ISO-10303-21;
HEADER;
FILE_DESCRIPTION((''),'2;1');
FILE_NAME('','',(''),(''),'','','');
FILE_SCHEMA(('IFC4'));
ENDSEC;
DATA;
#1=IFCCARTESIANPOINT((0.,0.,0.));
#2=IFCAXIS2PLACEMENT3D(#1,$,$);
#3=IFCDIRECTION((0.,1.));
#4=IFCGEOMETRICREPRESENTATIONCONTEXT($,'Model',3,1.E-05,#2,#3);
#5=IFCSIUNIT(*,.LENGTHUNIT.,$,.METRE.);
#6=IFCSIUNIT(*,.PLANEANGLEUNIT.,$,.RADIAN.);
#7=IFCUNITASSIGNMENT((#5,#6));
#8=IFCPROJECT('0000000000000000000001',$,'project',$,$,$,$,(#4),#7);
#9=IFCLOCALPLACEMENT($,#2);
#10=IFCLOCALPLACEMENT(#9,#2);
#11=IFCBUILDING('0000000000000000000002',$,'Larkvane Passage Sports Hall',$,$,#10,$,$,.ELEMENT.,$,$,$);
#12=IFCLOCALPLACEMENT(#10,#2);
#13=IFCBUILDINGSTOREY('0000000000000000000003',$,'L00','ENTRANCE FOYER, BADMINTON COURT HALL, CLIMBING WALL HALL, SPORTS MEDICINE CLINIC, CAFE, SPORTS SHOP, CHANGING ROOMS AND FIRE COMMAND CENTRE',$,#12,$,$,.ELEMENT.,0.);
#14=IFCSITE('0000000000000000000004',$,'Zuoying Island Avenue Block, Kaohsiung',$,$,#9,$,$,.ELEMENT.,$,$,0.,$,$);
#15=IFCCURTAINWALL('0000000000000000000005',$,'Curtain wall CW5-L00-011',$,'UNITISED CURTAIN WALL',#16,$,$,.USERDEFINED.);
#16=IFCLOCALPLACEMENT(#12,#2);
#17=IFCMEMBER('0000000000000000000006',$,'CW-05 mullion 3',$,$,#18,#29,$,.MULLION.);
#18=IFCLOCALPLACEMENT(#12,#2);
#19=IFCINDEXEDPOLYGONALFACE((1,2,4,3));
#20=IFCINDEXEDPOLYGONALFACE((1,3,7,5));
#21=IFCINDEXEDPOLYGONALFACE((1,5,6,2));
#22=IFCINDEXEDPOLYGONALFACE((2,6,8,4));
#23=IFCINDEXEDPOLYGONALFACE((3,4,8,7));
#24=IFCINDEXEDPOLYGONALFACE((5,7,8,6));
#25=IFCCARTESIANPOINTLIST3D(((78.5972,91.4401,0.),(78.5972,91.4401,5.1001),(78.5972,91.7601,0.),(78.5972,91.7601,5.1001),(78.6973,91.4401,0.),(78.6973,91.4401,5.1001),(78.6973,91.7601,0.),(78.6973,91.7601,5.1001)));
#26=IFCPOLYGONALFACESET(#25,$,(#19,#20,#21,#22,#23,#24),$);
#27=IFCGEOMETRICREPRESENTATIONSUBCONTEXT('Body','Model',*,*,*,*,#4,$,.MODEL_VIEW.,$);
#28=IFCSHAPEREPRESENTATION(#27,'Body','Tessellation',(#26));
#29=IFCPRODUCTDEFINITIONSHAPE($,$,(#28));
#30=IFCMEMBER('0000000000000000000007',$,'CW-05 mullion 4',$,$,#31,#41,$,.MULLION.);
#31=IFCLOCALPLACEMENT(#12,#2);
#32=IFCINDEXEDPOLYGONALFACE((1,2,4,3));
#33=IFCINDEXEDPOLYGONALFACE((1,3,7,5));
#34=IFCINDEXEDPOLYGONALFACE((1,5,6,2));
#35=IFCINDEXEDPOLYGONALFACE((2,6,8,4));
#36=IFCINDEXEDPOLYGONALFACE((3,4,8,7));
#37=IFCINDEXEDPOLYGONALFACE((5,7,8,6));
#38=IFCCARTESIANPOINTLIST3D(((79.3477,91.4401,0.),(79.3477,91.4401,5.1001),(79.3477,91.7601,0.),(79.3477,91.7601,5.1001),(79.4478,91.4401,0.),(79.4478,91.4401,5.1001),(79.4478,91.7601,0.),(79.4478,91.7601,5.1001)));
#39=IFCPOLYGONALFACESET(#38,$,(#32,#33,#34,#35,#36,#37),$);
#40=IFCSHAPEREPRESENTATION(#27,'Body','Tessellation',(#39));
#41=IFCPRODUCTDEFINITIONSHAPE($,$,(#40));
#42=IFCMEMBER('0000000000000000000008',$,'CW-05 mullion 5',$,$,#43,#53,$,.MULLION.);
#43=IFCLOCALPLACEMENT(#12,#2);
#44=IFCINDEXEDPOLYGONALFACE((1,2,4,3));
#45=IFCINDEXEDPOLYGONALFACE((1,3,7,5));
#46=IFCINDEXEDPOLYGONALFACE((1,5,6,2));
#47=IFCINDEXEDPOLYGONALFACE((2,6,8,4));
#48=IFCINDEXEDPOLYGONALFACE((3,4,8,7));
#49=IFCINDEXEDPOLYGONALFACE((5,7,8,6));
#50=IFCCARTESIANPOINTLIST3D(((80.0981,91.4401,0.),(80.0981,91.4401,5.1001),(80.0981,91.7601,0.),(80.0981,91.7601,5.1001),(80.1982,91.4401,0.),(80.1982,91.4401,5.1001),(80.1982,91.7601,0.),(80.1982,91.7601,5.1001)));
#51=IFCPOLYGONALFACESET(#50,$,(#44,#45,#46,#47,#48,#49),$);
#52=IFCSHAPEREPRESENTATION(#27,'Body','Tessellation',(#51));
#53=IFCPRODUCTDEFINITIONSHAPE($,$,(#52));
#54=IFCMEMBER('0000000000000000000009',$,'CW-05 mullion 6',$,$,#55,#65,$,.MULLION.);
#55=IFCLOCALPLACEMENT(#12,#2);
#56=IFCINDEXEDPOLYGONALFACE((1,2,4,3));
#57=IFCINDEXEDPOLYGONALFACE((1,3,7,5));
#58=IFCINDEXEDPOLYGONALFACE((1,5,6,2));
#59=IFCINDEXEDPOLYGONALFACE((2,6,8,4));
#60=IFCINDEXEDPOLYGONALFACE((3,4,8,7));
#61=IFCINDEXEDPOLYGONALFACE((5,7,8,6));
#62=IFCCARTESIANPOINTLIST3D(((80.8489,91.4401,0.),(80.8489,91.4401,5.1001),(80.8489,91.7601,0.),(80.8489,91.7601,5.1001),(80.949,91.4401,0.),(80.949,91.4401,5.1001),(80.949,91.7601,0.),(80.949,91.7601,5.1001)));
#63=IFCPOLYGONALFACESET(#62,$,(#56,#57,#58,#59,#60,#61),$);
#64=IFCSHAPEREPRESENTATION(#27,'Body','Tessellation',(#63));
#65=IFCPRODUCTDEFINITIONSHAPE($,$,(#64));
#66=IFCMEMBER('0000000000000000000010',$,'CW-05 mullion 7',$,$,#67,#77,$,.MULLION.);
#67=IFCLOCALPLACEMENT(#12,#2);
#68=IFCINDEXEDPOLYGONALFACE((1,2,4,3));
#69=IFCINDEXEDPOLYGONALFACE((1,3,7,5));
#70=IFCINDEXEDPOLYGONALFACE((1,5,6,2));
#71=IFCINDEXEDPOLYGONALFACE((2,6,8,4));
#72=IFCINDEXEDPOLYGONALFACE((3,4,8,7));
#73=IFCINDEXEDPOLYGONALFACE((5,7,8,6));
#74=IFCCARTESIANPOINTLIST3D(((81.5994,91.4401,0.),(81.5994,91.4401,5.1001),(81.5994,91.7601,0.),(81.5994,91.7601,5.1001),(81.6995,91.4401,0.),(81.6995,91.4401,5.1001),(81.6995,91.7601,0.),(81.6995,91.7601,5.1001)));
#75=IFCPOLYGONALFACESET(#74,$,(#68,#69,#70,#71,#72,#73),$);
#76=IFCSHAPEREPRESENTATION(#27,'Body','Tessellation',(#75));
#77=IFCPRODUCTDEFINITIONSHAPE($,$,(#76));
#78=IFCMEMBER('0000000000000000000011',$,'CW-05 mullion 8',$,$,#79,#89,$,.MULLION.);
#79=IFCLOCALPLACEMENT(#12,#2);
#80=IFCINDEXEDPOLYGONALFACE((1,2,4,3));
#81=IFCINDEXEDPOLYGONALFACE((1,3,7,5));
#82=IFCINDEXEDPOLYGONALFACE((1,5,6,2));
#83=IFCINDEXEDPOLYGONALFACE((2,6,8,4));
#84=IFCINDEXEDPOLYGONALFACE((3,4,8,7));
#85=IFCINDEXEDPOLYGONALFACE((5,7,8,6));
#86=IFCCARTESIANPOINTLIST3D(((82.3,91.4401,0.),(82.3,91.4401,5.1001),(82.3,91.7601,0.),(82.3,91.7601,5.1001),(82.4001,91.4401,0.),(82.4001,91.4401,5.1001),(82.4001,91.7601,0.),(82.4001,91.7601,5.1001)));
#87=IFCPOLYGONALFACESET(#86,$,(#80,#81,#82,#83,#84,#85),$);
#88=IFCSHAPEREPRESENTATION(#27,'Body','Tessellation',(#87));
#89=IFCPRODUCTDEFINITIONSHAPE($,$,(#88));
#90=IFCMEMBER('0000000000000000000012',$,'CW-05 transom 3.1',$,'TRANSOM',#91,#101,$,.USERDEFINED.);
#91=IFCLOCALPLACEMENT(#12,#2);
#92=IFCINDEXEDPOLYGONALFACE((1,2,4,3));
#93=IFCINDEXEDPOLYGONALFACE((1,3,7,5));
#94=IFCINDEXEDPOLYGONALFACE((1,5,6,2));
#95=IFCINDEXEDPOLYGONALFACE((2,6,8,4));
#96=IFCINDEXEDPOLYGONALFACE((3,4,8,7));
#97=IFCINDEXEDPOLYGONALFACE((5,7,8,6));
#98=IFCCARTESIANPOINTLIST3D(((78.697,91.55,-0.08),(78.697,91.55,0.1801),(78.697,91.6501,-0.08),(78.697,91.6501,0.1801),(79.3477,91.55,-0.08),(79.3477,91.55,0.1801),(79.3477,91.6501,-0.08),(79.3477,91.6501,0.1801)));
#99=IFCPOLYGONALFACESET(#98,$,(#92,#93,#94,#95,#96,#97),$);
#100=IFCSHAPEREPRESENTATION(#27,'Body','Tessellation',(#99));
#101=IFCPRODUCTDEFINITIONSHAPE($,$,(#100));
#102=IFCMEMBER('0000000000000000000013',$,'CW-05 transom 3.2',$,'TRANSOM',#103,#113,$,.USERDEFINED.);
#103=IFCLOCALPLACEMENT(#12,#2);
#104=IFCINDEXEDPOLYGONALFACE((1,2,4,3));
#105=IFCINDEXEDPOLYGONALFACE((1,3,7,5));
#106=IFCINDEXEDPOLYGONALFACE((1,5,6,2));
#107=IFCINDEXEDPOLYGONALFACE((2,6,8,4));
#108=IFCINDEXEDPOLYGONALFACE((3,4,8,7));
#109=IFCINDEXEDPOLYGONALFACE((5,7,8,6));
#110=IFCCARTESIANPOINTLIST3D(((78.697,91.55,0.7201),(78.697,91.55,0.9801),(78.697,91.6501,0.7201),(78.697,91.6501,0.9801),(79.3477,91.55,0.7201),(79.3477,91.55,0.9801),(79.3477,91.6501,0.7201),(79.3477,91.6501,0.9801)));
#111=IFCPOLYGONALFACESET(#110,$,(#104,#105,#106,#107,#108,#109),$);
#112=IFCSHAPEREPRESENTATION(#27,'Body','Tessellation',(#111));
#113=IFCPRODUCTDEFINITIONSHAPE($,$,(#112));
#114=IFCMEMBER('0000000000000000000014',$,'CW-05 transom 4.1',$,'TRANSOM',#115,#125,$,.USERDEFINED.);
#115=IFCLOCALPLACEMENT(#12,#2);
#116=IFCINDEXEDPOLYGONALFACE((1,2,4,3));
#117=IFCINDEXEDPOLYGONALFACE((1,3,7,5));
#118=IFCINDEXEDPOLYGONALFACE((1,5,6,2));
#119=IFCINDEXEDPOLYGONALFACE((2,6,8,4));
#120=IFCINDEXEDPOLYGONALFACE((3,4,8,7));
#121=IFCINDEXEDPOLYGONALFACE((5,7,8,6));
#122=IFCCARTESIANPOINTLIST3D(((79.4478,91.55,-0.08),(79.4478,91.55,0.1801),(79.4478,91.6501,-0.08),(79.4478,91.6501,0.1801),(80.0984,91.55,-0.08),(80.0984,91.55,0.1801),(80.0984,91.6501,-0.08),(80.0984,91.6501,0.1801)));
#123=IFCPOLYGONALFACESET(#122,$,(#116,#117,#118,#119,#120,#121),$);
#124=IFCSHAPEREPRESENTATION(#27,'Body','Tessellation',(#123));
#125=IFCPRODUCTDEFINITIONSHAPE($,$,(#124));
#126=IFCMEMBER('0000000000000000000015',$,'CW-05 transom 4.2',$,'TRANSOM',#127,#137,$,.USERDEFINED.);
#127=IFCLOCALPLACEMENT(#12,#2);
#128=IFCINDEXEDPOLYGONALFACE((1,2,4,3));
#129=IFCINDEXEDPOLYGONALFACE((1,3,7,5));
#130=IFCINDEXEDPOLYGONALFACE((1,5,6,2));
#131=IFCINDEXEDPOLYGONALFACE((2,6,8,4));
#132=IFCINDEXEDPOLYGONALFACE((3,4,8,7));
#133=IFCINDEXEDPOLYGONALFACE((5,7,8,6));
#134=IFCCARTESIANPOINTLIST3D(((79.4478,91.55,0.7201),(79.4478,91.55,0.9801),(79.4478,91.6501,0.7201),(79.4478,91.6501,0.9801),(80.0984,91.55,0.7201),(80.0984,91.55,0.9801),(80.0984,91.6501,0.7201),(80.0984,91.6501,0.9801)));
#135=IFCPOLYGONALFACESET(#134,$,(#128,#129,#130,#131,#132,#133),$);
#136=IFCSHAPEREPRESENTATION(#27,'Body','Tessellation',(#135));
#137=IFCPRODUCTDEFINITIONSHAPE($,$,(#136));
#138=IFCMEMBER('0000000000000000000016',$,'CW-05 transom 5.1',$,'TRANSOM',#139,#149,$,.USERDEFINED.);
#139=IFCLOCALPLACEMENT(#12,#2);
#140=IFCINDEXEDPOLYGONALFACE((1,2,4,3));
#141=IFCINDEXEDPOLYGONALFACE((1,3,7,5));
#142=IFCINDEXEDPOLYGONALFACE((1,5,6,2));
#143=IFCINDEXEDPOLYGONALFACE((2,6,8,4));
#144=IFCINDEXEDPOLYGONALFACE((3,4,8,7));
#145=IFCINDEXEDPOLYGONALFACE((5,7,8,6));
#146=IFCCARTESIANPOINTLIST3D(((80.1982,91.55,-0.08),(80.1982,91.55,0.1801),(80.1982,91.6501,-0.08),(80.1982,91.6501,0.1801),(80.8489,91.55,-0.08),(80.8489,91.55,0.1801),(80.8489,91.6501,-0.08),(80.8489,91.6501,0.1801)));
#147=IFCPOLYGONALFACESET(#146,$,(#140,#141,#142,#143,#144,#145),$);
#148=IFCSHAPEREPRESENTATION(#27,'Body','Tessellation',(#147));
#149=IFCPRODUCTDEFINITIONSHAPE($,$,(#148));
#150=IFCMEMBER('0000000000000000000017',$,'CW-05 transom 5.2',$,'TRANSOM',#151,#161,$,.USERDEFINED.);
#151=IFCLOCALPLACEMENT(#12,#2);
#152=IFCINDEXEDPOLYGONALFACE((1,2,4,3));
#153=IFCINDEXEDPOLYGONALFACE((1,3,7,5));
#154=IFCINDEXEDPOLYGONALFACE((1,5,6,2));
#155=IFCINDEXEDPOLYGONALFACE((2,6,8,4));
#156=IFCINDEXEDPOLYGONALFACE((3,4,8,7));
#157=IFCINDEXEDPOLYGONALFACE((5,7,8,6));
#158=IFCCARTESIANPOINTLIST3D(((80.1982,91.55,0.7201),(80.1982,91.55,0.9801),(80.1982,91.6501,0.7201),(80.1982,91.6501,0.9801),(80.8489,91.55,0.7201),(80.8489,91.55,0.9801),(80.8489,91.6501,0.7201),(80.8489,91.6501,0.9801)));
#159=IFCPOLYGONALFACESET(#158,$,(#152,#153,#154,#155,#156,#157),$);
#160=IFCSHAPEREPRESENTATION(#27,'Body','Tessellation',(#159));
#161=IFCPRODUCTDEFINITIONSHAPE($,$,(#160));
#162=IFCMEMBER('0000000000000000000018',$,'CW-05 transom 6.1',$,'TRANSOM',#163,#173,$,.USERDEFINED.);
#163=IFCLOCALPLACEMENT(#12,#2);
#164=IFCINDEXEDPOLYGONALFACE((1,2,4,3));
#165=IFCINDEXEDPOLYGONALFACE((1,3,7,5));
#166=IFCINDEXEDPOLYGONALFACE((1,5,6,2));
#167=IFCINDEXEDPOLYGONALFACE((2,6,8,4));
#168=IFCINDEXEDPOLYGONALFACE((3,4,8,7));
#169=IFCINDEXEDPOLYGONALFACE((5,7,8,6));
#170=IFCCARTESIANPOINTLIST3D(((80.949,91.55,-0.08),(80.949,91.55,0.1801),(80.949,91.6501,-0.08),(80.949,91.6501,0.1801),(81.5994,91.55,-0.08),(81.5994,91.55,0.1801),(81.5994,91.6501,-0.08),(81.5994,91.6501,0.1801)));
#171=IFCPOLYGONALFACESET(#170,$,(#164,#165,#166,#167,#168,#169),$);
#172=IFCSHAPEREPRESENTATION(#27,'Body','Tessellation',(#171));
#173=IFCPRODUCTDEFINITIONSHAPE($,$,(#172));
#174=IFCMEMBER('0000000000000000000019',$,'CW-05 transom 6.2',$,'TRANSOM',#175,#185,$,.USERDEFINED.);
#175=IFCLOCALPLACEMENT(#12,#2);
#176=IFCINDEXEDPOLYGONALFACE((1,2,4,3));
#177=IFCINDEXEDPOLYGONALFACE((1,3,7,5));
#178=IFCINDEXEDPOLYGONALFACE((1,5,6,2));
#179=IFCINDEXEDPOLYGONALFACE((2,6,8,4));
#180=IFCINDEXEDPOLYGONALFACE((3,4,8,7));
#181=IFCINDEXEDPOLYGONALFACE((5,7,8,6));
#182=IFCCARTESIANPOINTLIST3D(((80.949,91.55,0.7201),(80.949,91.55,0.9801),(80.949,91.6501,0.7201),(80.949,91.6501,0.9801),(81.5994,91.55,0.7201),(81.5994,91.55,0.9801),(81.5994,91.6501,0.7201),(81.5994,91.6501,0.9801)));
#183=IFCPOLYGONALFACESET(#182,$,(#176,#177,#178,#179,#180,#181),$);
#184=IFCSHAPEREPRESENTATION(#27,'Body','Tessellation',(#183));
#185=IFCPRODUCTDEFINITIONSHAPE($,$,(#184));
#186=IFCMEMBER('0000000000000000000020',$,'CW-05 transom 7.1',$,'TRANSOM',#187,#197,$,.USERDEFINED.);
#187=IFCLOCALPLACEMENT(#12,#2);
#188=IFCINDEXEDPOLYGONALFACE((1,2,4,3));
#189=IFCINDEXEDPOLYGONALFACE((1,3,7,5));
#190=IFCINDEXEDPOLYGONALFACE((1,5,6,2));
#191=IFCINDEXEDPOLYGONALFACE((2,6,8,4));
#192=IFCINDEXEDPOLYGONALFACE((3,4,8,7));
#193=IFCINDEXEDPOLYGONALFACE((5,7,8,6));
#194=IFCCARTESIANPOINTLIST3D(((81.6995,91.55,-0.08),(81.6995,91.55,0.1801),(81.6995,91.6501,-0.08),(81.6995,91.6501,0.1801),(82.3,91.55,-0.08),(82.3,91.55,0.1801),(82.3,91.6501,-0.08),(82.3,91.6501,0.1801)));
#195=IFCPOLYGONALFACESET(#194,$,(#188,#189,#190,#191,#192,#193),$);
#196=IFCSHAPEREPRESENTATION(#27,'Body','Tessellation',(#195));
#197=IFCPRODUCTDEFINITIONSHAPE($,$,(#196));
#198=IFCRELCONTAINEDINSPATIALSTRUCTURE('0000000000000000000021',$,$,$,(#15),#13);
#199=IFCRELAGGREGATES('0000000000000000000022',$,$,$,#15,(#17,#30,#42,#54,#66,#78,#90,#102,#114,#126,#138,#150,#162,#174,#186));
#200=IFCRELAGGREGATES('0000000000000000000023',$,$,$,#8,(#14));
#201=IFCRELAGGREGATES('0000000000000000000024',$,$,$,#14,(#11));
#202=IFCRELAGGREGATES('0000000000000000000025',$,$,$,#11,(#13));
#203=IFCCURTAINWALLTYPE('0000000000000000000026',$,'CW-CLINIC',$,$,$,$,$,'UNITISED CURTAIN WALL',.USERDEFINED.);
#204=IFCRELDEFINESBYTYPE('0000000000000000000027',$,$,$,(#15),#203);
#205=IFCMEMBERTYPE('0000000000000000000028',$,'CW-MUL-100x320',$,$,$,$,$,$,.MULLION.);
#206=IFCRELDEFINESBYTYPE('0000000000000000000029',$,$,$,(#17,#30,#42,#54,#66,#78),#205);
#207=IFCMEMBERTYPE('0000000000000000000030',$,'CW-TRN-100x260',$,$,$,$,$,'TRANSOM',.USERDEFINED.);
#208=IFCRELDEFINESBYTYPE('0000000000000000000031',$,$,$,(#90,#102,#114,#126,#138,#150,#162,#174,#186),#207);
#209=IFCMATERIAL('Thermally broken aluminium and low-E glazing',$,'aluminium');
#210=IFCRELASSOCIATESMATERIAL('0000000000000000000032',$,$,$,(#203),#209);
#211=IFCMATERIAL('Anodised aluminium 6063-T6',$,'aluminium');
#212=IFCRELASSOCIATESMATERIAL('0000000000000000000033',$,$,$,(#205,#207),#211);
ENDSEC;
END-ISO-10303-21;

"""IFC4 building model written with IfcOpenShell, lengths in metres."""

from ifc_helpers import new_model, si_unit, direction, frame, origin, origin_2d, place, context, subcontext, project, spatial, rectangle, extrude, material, material_profile, profile_set, type_object, element, aggregate, save


model = new_model("IFC4")

# Units and contexts
model_context = context("Model", 3, precision=1e-05, world=origin(), true_north=direction((0.0, 1.0)))
body_context = subcontext(model_context, "Body", "Model", "MODEL_VIEW")
ifc_project = project(units=[si_unit("LENGTHUNIT", "METRE"), si_unit("PLANEANGLEUNIT", "RADIAN")], contexts=[model_context])

# Site, building, storey
site_placement = place(None, origin())
site = spatial("IfcSite", under=ifc_project, at=site_placement, Name="Zuoying Island Avenue Block, Kaohsiung", CompositionType="ELEMENT", RefElevation=0.0)
building_placement = place(site_placement, origin())
building = spatial("IfcBuilding", under=site, at=building_placement, Name="Larkvane Passage Sports Hall", CompositionType="ELEMENT")
storey_placement = place(building_placement, origin())
storey = spatial("IfcBuildingStorey", under=building, at=storey_placement, Name="L00", Description="ENTRANCE FOYER, BADMINTON COURT HALL, CLIMBING WALL HALL, SPORTS MEDICINE CLINIC, CAFE, SPORTS SHOP, CHANGING ROOMS AND FIRE COMMAND CENTRE", CompositionType="ELEMENT", Elevation=0.0)

# Curtain wall, members
ifc_material_1 = material(Name="Thermally broken aluminium and low-E glazing", Category="aluminium")
curtain_wall_type = type_object("IfcCurtainWallType", Name="CW-CLINIC", ElementType="UNITISED CURTAIN WALL", PredefinedType="USERDEFINED", material=ifc_material_1)
curtain_wall_placement = place(storey_placement, origin())
curtain_wall = element("IfcCurtainWall", 1, at=curtain_wall_placement, inside=storey, type_object=curtain_wall_type, Name="Curtain wall CW5-L00-011", ObjectType="UNITISED CURTAIN WALL", PredefinedType="USERDEFINED")
ifc_material_2 = material(Name="Anodised aluminium 6063-T6", Category="aluminium")
ifc_material_profile_1 = material_profile(ifc_material_2, rectangle(XDim=0.1001, YDim=0.3201, at=origin_2d()), Name="ALU-MUL-100x320")
ifc_profile_set_1 = profile_set([ifc_material_profile_1], Name="Anodised aluminium 6063-T6")
member_type_1 = type_object("IfcMemberType", Name="CW-MUL-100x320", PredefinedType="MULLION", material=ifc_profile_set_1)
member_1_placement = place(storey_placement, frame((78.6472, 91.6001, 0.0), z_axis=(0.0, 0.0, 1.0), x_axis=(1.0, 0.0, 0.0)))
member_1 = element("IfcMember", 2, at=member_1_placement, type_object=member_type_1, Name="CW-05 mullion 3", PredefinedType="MULLION", context=body_context, shape_type="SweptSolid", body=[
    extrude(rectangle(XDim=0.1001, YDim=0.3201, at=origin_2d()), origin(), (0.0, 0.0, 1.0), 5.1001),
])
member_2_placement = place(storey_placement, frame((79.3977, 91.6001, 0.0), z_axis=(0.0, 0.0, 1.0), x_axis=(1.0, 0.0, 0.0)))
member_2 = element("IfcMember", 3, at=member_2_placement, type_object=member_type_1, Name="CW-05 mullion 4", PredefinedType="MULLION", context=body_context, shape_type="SweptSolid", body=[
    extrude(rectangle(XDim=0.1001, YDim=0.3201, at=origin_2d()), origin(), (0.0, 0.0, 1.0), 5.1001),
])
member_3_placement = place(storey_placement, frame((80.1482, 91.6001, 0.0), z_axis=(0.0, 0.0, 1.0), x_axis=(1.0, 0.0, 0.0)))
member_3 = element("IfcMember", 4, at=member_3_placement, type_object=member_type_1, Name="CW-05 mullion 5", PredefinedType="MULLION", context=body_context, shape_type="SweptSolid", body=[
    extrude(rectangle(XDim=0.1001, YDim=0.3201, at=origin_2d()), origin(), (0.0, 0.0, 1.0), 5.1001),
])
member_4_placement = place(storey_placement, frame((80.8989, 91.6001, 0.0), z_axis=(0.0, 0.0, 1.0), x_axis=(1.0, 0.0, 0.0)))
member_4 = element("IfcMember", 5, at=member_4_placement, type_object=member_type_1, Name="CW-05 mullion 6", PredefinedType="MULLION", context=body_context, shape_type="SweptSolid", body=[
    extrude(rectangle(XDim=0.1001, YDim=0.3201, at=origin_2d()), origin(), (0.0, 0.0, 1.0), 5.1001),
])
member_5_placement = place(storey_placement, frame((81.6494, 91.6001, 0.0), z_axis=(0.0, 0.0, 1.0), x_axis=(1.0, 0.0, 0.0)))
member_5 = element("IfcMember", 6, at=member_5_placement, type_object=member_type_1, Name="CW-05 mullion 7", PredefinedType="MULLION", context=body_context, shape_type="SweptSolid", body=[
    extrude(rectangle(XDim=0.1001, YDim=0.3201, at=origin_2d()), origin(), (0.0, 0.0, 1.0), 5.1001),
])
member_6_placement = place(storey_placement, frame((82.3501, 91.6001, 0.0), z_axis=(0.0, 0.0, 1.0), x_axis=(1.0, 0.0, 0.0)))
member_6 = element("IfcMember", 7, at=member_6_placement, type_object=member_type_1, Name="CW-05 mullion 8", PredefinedType="MULLION", context=body_context, shape_type="SweptSolid", body=[
    extrude(rectangle(XDim=0.1001, YDim=0.3201, at=origin_2d()), origin(), (0.0, 0.0, 1.0), 5.1001),
])
ifc_material_profile_2 = material_profile(ifc_material_2, rectangle(XDim=0.1001, YDim=0.26, at=origin_2d()), Name="ALU-TRN-100x260")
ifc_profile_set_2 = profile_set([ifc_material_profile_2], Name="Anodised aluminium 6063-T6")
member_type_2 = type_object("IfcMemberType", Name="CW-TRN-100x260", ElementType="TRANSOM", PredefinedType="USERDEFINED", material=ifc_profile_set_2)
member_7_placement = place(storey_placement, frame((78.697, 91.6001, 0.05), z_axis=(1.0, 0.0, 0.0), x_axis=(0.0, 1.0, 0.0)))
member_7 = element("IfcMember", 8, at=member_7_placement, type_object=member_type_2, Name="CW-05 transom 3.1", ObjectType="TRANSOM", PredefinedType="USERDEFINED", context=body_context, shape_type="SweptSolid", body=[
    extrude(rectangle(XDim=0.1001, YDim=0.26, at=origin_2d()), origin(), (0.0, 0.0, 1.0), 0.6506),
])
member_8_placement = place(storey_placement, frame((78.697, 91.6001, 0.8501), z_axis=(1.0, 0.0, 0.0), x_axis=(0.0, 1.0, 0.0)))
member_8 = element("IfcMember", 9, at=member_8_placement, type_object=member_type_2, Name="CW-05 transom 3.2", ObjectType="TRANSOM", PredefinedType="USERDEFINED", context=body_context, shape_type="SweptSolid", body=[
    extrude(rectangle(XDim=0.1001, YDim=0.26, at=origin_2d()), origin(), (0.0, 0.0, 1.0), 0.6506),
])
member_9_placement = place(storey_placement, frame((79.4478, 91.6001, 0.05), z_axis=(1.0, 0.0, 0.0), x_axis=(0.0, 1.0, 0.0)))
member_9 = element("IfcMember", 10, at=member_9_placement, type_object=member_type_2, Name="CW-05 transom 4.1", ObjectType="TRANSOM", PredefinedType="USERDEFINED", context=body_context, shape_type="SweptSolid", body=[
    extrude(rectangle(XDim=0.1001, YDim=0.26, at=origin_2d()), origin(), (0.0, 0.0, 1.0), 0.6506),
])
member_10_placement = place(storey_placement, frame((79.4478, 91.6001, 0.8501), z_axis=(1.0, 0.0, 0.0), x_axis=(0.0, 1.0, 0.0)))
member_10 = element("IfcMember", 11, at=member_10_placement, type_object=member_type_2, Name="CW-05 transom 4.2", ObjectType="TRANSOM", PredefinedType="USERDEFINED", context=body_context, shape_type="SweptSolid", body=[
    extrude(rectangle(XDim=0.1001, YDim=0.26, at=origin_2d()), origin(), (0.0, 0.0, 1.0), 0.6506),
])
member_11_placement = place(storey_placement, frame((80.1982, 91.6001, 0.05), z_axis=(1.0, 0.0, 0.0), x_axis=(0.0, 1.0, 0.0)))
member_11 = element("IfcMember", 12, at=member_11_placement, type_object=member_type_2, Name="CW-05 transom 5.1", ObjectType="TRANSOM", PredefinedType="USERDEFINED", context=body_context, shape_type="SweptSolid", body=[
    extrude(rectangle(XDim=0.1001, YDim=0.26, at=origin_2d()), origin(), (0.0, 0.0, 1.0), 0.6506),
])
member_12_placement = place(storey_placement, frame((80.1982, 91.6001, 0.8501), z_axis=(1.0, 0.0, 0.0), x_axis=(0.0, 1.0, 0.0)))
member_12 = element("IfcMember", 13, at=member_12_placement, type_object=member_type_2, Name="CW-05 transom 5.2", ObjectType="TRANSOM", PredefinedType="USERDEFINED", context=body_context, shape_type="SweptSolid", body=[
    extrude(rectangle(XDim=0.1001, YDim=0.26, at=origin_2d()), origin(), (0.0, 0.0, 1.0), 0.6506),
])
member_13_placement = place(storey_placement, frame((80.949, 91.6001, 0.05), z_axis=(1.0, 0.0, 0.0), x_axis=(0.0, 1.0, 0.0)))
member_13 = element("IfcMember", 14, at=member_13_placement, type_object=member_type_2, Name="CW-05 transom 6.1", ObjectType="TRANSOM", PredefinedType="USERDEFINED", context=body_context, shape_type="SweptSolid", body=[
    extrude(rectangle(XDim=0.1001, YDim=0.26, at=origin_2d()), origin(), (0.0, 0.0, 1.0), 0.6504),
])
member_14_placement = place(storey_placement, frame((80.949, 91.6001, 0.8501), z_axis=(1.0, 0.0, 0.0), x_axis=(0.0, 1.0, 0.0)))
member_14 = element("IfcMember", 15, at=member_14_placement, type_object=member_type_2, Name="CW-05 transom 6.2", ObjectType="TRANSOM", PredefinedType="USERDEFINED", context=body_context, shape_type="SweptSolid", body=[
    extrude(rectangle(XDim=0.1001, YDim=0.26, at=origin_2d()), origin(), (0.0, 0.0, 1.0), 0.6504),
])
member_15_placement = place(storey_placement, frame((81.6995, 91.6001, 0.05), z_axis=(1.0, 0.0, 0.0), x_axis=(0.0, 1.0, 0.0)))
member_15 = element("IfcMember", 16, at=member_15_placement, type_object=member_type_2, Name="CW-05 transom 7.1", ObjectType="TRANSOM", PredefinedType="USERDEFINED", context=body_context, shape_type="SweptSolid", body=[
    extrude(rectangle(XDim=0.1001, YDim=0.26, at=origin_2d()), origin(), (0.0, 0.0, 1.0), 0.6006),
])
aggregate(curtain_wall, [member_1, member_2, member_3, member_4, member_5, member_6, member_7, member_8, member_9, member_10, member_11, member_12, member_13, member_14, member_15])

save(model, "model.ifc")
